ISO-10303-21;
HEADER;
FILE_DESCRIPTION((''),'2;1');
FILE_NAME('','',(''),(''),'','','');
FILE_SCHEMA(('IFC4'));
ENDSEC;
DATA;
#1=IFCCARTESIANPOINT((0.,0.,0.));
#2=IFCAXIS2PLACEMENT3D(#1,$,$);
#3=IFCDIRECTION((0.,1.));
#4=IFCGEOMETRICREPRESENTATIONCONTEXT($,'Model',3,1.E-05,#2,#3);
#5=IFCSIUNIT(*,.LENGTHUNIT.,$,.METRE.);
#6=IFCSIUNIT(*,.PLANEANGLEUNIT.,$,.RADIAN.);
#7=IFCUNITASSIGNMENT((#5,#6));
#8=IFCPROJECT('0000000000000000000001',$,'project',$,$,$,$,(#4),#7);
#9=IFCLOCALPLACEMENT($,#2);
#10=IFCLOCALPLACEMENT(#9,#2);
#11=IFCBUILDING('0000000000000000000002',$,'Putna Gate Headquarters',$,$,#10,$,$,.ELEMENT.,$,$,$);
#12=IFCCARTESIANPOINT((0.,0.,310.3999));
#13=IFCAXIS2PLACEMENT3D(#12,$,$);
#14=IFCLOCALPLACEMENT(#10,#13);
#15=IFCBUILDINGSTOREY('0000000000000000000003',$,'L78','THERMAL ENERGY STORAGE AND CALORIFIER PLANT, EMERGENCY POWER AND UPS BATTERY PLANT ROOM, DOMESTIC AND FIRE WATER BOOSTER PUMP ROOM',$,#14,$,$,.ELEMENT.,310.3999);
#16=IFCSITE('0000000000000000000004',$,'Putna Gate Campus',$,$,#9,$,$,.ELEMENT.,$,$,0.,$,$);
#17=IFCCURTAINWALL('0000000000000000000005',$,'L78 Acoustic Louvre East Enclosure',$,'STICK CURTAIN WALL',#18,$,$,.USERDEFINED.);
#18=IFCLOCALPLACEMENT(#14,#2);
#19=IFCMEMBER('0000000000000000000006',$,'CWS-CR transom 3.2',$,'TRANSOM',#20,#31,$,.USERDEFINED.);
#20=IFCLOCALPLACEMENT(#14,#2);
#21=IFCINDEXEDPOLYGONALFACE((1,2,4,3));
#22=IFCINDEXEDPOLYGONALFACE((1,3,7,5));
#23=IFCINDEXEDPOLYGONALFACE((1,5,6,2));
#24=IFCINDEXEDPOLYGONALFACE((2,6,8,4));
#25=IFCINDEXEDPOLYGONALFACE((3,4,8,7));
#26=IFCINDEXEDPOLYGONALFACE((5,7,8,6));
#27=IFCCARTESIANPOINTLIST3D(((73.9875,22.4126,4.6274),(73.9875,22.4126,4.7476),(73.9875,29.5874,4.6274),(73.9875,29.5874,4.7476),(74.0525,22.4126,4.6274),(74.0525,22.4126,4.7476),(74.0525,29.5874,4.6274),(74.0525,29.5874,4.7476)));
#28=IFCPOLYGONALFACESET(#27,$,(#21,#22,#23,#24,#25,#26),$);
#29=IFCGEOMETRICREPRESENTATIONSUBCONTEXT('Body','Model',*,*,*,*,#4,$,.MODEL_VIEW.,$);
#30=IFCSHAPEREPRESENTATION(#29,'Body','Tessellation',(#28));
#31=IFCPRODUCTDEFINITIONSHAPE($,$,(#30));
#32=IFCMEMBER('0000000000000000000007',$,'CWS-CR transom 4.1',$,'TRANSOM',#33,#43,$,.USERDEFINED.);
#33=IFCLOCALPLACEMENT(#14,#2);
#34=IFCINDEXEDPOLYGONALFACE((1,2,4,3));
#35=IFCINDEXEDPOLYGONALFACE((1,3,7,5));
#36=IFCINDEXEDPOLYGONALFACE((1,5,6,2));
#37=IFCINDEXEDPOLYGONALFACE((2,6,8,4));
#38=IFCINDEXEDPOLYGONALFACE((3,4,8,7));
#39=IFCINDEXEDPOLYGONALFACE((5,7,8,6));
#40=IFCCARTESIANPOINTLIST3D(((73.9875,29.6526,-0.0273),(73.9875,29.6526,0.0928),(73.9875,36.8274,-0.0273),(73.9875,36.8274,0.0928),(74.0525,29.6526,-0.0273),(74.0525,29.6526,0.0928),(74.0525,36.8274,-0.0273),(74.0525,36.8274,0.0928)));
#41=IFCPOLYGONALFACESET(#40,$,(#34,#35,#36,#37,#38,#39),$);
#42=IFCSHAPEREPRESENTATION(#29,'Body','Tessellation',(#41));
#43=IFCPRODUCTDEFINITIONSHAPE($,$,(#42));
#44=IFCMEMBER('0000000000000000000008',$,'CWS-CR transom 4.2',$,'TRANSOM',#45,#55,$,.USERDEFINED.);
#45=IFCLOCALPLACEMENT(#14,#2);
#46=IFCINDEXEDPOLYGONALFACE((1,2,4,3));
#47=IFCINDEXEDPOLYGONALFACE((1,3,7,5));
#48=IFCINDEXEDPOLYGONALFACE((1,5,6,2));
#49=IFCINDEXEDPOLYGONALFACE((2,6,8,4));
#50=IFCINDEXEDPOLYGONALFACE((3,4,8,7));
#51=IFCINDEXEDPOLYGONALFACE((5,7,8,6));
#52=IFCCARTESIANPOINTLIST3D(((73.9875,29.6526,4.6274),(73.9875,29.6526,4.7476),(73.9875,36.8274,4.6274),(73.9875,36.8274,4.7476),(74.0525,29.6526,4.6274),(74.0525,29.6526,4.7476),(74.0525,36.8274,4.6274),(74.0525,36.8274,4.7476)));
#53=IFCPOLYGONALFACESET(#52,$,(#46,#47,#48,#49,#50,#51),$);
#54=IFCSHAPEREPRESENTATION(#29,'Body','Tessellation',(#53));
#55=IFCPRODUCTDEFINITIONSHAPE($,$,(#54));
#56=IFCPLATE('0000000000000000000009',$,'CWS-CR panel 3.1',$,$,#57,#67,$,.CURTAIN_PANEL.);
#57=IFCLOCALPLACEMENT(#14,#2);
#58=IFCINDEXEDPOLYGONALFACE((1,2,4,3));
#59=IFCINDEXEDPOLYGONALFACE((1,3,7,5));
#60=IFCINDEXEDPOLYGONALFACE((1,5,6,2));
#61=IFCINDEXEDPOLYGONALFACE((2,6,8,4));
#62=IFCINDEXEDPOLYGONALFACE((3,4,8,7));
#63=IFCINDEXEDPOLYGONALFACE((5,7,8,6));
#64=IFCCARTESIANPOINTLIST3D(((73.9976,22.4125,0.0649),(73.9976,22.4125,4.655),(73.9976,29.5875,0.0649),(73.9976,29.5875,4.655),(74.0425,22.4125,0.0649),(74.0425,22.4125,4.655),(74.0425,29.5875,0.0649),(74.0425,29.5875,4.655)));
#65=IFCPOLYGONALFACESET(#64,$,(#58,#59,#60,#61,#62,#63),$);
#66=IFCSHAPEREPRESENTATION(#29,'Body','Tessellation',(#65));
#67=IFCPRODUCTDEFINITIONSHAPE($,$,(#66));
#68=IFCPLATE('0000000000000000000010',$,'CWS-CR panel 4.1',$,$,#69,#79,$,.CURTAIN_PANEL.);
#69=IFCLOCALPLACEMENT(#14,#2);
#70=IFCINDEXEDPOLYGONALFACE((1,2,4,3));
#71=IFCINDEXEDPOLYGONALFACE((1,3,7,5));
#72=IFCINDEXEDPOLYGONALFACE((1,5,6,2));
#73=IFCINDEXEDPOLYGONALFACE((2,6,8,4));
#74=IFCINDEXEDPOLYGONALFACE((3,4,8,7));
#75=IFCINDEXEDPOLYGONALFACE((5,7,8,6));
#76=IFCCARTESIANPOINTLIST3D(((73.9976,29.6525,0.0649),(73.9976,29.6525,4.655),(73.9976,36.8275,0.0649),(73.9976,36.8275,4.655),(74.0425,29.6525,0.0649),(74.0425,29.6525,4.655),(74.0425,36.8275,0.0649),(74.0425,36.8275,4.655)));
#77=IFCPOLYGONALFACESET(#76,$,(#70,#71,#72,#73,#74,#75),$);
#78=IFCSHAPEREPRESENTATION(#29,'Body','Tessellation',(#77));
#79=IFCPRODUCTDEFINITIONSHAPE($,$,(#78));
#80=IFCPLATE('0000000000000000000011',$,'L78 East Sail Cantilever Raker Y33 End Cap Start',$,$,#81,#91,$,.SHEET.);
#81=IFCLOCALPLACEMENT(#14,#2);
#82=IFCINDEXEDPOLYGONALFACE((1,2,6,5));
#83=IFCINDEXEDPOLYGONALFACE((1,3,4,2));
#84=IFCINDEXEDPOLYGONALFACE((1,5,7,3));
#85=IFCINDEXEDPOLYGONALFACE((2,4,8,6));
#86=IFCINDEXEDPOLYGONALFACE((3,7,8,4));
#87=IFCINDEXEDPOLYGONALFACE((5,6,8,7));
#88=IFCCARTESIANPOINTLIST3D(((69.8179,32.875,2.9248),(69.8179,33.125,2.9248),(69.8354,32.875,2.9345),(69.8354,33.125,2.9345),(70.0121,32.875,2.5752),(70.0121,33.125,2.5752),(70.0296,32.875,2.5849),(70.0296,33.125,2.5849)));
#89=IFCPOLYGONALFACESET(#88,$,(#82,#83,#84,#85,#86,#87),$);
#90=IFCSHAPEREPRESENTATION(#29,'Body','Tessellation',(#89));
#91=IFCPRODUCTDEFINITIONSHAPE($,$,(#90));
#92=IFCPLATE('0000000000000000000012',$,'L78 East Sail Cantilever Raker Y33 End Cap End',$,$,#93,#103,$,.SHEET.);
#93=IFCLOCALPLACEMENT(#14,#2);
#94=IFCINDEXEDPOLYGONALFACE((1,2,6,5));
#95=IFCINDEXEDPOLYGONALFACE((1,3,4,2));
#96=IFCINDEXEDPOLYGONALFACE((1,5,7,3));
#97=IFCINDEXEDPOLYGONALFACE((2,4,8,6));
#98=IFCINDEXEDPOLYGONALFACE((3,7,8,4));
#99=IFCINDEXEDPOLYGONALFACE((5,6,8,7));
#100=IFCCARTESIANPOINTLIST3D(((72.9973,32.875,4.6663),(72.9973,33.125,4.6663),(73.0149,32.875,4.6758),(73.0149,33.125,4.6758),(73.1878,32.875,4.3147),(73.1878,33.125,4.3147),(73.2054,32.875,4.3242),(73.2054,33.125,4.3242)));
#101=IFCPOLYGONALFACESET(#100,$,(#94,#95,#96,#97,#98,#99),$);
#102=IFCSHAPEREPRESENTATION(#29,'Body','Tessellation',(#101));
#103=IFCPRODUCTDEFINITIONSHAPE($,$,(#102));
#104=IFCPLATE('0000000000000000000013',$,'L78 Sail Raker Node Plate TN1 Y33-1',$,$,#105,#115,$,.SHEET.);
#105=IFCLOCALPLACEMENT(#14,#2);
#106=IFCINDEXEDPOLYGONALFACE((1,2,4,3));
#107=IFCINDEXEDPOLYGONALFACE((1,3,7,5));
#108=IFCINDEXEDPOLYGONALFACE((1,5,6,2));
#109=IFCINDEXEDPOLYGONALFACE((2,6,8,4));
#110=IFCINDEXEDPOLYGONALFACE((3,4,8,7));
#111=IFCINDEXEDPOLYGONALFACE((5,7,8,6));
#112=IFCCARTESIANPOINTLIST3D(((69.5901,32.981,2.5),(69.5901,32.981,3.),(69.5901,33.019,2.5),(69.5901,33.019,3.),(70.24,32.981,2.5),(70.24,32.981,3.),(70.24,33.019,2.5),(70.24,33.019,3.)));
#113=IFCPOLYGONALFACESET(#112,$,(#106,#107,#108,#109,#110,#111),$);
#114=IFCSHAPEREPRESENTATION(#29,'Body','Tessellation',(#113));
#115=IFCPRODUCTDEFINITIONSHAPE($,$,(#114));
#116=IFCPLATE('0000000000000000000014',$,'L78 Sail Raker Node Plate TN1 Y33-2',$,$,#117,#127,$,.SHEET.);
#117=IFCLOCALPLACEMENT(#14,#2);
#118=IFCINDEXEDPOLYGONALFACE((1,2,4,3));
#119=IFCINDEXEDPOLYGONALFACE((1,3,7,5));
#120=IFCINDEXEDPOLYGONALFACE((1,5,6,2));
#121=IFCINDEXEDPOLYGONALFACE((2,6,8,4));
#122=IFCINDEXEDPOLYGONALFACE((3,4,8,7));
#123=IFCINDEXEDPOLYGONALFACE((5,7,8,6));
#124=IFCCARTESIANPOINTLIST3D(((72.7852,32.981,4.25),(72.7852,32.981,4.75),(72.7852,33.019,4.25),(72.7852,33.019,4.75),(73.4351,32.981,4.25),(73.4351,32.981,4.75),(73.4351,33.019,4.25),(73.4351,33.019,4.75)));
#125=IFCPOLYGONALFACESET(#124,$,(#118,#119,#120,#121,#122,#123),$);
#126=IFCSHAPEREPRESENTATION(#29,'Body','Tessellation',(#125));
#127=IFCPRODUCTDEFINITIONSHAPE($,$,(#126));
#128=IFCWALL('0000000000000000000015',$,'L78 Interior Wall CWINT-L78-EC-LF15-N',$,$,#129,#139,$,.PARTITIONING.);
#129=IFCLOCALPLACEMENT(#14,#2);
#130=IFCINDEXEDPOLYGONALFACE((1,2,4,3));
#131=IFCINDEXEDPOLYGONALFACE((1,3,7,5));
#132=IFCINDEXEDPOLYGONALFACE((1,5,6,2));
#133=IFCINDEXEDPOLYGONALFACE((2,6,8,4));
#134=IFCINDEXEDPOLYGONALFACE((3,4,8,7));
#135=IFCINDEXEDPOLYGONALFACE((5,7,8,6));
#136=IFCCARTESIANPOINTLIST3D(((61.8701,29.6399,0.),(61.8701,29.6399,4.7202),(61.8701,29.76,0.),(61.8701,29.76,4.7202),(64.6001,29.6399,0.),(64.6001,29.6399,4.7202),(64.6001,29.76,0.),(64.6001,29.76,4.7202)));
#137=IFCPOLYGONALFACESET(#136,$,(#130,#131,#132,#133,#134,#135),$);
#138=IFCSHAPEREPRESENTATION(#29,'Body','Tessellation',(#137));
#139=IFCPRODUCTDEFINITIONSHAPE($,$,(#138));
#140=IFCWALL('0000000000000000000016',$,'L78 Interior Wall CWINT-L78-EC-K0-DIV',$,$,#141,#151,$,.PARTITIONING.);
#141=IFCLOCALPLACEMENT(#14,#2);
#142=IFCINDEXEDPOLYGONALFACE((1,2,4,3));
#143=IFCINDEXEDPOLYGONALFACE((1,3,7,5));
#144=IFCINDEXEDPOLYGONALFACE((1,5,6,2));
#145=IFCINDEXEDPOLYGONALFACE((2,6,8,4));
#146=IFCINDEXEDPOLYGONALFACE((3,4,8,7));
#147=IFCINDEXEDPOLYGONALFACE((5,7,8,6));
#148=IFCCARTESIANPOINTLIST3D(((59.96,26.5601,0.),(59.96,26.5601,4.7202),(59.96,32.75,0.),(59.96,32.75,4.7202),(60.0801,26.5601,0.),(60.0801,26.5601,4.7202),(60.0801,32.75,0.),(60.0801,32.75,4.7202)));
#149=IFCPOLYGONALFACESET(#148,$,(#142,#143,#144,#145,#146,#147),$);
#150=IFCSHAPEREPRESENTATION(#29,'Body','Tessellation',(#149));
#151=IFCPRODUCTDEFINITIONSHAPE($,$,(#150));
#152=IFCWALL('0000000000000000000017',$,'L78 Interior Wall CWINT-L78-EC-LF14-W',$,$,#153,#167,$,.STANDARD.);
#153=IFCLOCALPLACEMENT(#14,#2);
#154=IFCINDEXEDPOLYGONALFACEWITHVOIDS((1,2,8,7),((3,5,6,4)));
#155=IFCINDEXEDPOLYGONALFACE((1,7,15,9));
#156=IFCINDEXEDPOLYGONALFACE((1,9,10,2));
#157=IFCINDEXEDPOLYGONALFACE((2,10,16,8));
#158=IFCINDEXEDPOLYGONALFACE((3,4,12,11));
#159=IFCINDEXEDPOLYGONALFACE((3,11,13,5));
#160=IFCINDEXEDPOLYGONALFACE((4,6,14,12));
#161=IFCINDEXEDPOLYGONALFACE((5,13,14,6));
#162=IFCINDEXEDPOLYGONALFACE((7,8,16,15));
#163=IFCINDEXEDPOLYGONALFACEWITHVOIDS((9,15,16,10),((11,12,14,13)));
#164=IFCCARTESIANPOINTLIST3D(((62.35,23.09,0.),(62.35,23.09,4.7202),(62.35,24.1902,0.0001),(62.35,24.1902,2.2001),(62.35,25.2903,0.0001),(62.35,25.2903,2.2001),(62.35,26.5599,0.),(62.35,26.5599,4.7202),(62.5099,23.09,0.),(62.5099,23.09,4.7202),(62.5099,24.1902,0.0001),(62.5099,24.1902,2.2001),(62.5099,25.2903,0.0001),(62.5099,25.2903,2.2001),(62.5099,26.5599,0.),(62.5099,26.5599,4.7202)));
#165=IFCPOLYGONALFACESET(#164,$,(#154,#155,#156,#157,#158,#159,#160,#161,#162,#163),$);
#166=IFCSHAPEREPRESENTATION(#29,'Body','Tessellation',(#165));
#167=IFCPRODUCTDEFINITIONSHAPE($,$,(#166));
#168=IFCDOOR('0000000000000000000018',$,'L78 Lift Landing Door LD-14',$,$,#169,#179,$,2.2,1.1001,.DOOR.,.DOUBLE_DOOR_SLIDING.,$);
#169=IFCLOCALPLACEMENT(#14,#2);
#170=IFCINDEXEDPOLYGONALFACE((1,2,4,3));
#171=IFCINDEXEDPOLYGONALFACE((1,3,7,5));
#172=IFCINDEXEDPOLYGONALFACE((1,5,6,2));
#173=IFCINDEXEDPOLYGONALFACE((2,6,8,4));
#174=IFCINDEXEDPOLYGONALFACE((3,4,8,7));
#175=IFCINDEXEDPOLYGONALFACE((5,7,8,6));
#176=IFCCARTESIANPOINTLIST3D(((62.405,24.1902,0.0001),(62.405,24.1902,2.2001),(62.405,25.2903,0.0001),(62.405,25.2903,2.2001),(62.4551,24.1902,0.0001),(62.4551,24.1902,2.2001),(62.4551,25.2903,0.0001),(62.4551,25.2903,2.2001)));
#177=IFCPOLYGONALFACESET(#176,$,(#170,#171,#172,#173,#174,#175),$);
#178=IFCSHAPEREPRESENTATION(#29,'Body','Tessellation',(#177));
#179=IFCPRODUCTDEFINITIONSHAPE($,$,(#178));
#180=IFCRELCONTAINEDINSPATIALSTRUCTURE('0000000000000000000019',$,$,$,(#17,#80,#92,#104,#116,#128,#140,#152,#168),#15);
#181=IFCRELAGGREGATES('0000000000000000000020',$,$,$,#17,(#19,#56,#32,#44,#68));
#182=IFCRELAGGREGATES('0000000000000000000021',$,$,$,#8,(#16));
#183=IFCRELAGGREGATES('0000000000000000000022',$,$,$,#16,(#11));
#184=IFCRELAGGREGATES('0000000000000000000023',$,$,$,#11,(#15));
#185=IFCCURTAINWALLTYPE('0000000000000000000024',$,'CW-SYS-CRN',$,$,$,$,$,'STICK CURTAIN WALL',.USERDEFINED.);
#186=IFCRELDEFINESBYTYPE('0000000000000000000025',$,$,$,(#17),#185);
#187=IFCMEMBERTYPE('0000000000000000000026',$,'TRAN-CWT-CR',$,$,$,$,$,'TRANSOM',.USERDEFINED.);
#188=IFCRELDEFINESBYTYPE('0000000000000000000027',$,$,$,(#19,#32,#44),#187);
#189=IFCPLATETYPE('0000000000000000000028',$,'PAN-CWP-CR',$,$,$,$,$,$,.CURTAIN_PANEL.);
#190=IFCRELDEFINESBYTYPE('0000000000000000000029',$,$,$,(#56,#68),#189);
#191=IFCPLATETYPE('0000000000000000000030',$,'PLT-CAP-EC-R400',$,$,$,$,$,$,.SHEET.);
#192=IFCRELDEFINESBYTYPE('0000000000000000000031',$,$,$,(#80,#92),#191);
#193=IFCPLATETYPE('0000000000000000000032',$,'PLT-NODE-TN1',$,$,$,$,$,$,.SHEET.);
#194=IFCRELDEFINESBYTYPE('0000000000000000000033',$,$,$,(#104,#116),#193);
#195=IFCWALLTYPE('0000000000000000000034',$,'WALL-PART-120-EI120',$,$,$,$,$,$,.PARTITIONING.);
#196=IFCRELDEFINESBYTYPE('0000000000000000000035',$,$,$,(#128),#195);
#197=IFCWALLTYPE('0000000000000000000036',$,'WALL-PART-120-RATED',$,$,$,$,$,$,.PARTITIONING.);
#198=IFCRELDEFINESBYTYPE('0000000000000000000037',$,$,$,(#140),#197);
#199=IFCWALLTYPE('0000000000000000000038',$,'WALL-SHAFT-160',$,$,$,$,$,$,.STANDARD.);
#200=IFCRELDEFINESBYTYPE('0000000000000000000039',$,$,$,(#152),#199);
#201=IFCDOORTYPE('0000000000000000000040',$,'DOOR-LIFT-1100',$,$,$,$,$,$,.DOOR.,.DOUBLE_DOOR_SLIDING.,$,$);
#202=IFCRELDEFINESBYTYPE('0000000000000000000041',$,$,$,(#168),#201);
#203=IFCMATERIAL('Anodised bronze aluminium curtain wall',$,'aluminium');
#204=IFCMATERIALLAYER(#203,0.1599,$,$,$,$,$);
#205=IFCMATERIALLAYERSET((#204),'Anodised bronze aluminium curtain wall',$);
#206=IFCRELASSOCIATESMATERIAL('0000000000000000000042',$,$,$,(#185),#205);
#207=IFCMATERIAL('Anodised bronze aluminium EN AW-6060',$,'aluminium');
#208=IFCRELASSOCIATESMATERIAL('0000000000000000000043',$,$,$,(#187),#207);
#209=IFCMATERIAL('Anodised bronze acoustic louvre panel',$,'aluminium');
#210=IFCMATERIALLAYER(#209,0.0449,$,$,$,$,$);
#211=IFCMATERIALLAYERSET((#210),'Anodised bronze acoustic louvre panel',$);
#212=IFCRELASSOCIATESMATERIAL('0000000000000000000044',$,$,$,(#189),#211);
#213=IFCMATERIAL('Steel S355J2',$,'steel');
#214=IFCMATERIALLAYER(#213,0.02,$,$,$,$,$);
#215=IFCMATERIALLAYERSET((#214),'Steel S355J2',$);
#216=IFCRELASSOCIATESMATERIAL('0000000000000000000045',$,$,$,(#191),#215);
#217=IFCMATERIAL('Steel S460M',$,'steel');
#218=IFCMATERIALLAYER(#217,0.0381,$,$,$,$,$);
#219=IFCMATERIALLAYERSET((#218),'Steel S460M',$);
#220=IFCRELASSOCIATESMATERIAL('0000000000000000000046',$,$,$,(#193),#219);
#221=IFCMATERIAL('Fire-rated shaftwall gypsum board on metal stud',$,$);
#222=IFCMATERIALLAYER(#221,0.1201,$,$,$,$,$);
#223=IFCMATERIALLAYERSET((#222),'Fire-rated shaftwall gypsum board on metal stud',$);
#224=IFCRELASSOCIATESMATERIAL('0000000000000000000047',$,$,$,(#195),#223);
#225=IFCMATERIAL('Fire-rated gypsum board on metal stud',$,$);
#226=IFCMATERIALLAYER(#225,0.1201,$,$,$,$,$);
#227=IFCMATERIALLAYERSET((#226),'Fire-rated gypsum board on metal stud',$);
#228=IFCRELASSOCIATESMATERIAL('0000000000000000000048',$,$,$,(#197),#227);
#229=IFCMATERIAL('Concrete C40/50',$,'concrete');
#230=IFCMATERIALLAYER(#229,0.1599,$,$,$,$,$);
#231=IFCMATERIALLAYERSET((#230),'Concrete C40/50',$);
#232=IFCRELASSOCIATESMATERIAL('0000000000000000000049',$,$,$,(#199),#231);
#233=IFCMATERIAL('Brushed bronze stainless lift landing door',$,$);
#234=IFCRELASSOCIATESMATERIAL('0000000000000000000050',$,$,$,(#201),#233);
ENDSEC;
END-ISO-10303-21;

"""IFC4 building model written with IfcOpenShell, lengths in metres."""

from ifc_helpers import new_model, si_unit, direction, frame, frame_2d, origin, origin_2d, place, context, subcontext, project, spatial, rectangle, extrude, material, layer, layer_set, material_profile, profile_set, type_object, element, fill, aggregate, save


model = new_model("IFC4")

# Units and contexts
model_context = context("Model", 3, precision=1e-05, world=origin(), true_north=direction((0.0, 1.0)))
body_context = subcontext(model_context, "Body", "Model", "MODEL_VIEW")
ifc_project = project(units=[si_unit("LENGTHUNIT", "METRE"), si_unit("PLANEANGLEUNIT", "RADIAN")], contexts=[model_context])

# Site, building, storey
site_placement = place(None, origin())
site = spatial("IfcSite", under=ifc_project, at=site_placement, Name="Putna Gate Campus", CompositionType="ELEMENT", RefElevation=0.0)
building_placement = place(site_placement, origin())
building = spatial("IfcBuilding", under=site, at=building_placement, Name="Putna Gate Headquarters", CompositionType="ELEMENT")
storey_placement = place(building_placement, frame((0.0, 0.0, 310.3999)))
storey = spatial("IfcBuildingStorey", under=building, at=storey_placement, Name="L78", Description="THERMAL ENERGY STORAGE AND CALORIFIER PLANT, EMERGENCY POWER AND UPS BATTERY PLANT ROOM, DOMESTIC AND FIRE WATER BOOSTER PUMP ROOM", CompositionType="ELEMENT", Elevation=310.3999)

# Shared definitions
ifc_material_1 = material(Name="Steel S460M", Category="steel")

# Shared definitions
ifc_material_2 = material(Name="Steel S355J2", Category="steel")

# Curtain wall, members, plates
ifc_material_3 = material(Name="Anodised bronze aluminium curtain wall", Category="aluminium")
ifc_layer_1 = layer(ifc_material_3, 0.1599)
ifc_layer_set_1 = layer_set([ifc_layer_1], Name="Anodised bronze aluminium curtain wall")
curtain_wall_type = type_object("IfcCurtainWallType", Name="CW-SYS-CRN", ElementType="STICK CURTAIN WALL", PredefinedType="USERDEFINED", material=ifc_layer_set_1)
curtain_wall_placement = place(storey_placement, origin())
curtain_wall = element("IfcCurtainWall", 1, at=curtain_wall_placement, inside=storey, type_object=curtain_wall_type, Name="L78 Acoustic Louvre East Enclosure", ObjectType="STICK CURTAIN WALL", PredefinedType="USERDEFINED")
ifc_material_4 = material(Name="Anodised bronze aluminium EN AW-6060", Category="aluminium")
ifc_material_profile_1 = material_profile(ifc_material_4, rectangle(XDim=0.0649, YDim=0.1201, at=origin_2d()), Name="Anodised bronze aluminium EN AW-6060")
ifc_profile_set_1 = profile_set([ifc_material_profile_1], Name="Anodised bronze aluminium EN AW-6060")
member_type_1 = type_object("IfcMemberType", Name="TRAN-CWT-CR", ElementType="TRANSOM", PredefinedType="USERDEFINED", material=ifc_profile_set_1)
member_1_placement = place(storey_placement, frame((74.02, 22.4126, 4.6875), z_axis=(0.0, 1.0, 0.0), x_axis=(-1.0, 0.0, 0.0)))
member_1 = element("IfcMember", 2, at=member_1_placement, type_object=member_type_1, Name="CWS-CR transom 3.2", ObjectType="TRANSOM", PredefinedType="USERDEFINED", context=body_context, shape_type="SweptSolid", body=[
    extrude(rectangle(XDim=0.0649, YDim=0.1201, at=origin_2d()), origin(), (0.0, 0.0, 1.0), 7.1748),
])
member_2_placement = place(storey_placement, frame((74.02, 29.6526, 0.0327), z_axis=(0.0, 1.0, 0.0), x_axis=(-1.0, 0.0, 0.0)))
member_2 = element("IfcMember", 3, at=member_2_placement, type_object=member_type_1, Name="CWS-CR transom 4.1", ObjectType="TRANSOM", PredefinedType="USERDEFINED", context=body_context, shape_type="SweptSolid", body=[
    extrude(rectangle(XDim=0.0649, YDim=0.1201, at=origin_2d()), origin(), (0.0, 0.0, 1.0), 7.1748),
])
member_3_placement = place(storey_placement, frame((74.02, 29.6526, 4.6875), z_axis=(0.0, 1.0, 0.0), x_axis=(-1.0, 0.0, 0.0)))
member_3 = element("IfcMember", 4, at=member_3_placement, type_object=member_type_1, Name="CWS-CR transom 4.2", ObjectType="TRANSOM", PredefinedType="USERDEFINED", context=body_context, shape_type="SweptSolid", body=[
    extrude(rectangle(XDim=0.0649, YDim=0.1201, at=origin_2d()), origin(), (0.0, 0.0, 1.0), 7.1748),
])
ifc_material_5 = material(Name="Anodised bronze acoustic louvre panel", Category="aluminium")
ifc_layer_2 = layer(ifc_material_5, 0.0449)
ifc_layer_set_2 = layer_set([ifc_layer_2], Name="Anodised bronze acoustic louvre panel")
plate_type_1 = type_object("IfcPlateType", Name="PAN-CWP-CR", PredefinedType="CURTAIN_PANEL", material=ifc_layer_set_2)
plate_1_placement = place(storey_placement, frame((74.02, 26.0, 0.0649), z_axis=(0.0, 0.0, 1.0), x_axis=(0.0, 1.0, 0.0)))
plate_1 = element("IfcPlate", 5, at=plate_1_placement, type_object=plate_type_1, Name="CWS-CR panel 3.1", PredefinedType="CURTAIN_PANEL", context=body_context, shape_type="SweptSolid", body=[
    extrude(rectangle(XDim=7.175, YDim=0.0449, at=origin_2d()), origin(), (0.0, 0.0, 1.0), 4.5901),
])
plate_2_placement = place(storey_placement, frame((74.02, 33.24, 0.0649), z_axis=(0.0, 0.0, 1.0), x_axis=(0.0, 1.0, 0.0)))
plate_2 = element("IfcPlate", 6, at=plate_2_placement, type_object=plate_type_1, Name="CWS-CR panel 4.1", PredefinedType="CURTAIN_PANEL", context=body_context, shape_type="SweptSolid", body=[
    extrude(rectangle(XDim=7.175, YDim=0.0449, at=origin_2d()), origin(), (0.0, 0.0, 1.0), 4.5901),
])
aggregate(curtain_wall, [member_1, plate_1, member_2, member_3, plate_2])

# Plates
ifc_layer_3 = layer(ifc_material_2, 0.02)
ifc_layer_set_3 = layer_set([ifc_layer_3], Name="Steel S355J2")
plate_type_2 = type_object("IfcPlateType", Name="PLT-CAP-EC-R400", PredefinedType="SHEET", material=ifc_layer_set_3)
for number, where, z_axis, x_axis, name in (
    (7, (69.915, 33.0, 2.75), (0.874157, 0.0, 0.485643), (0.0, 1.0, 0.0), "L78 East Sail Cantilever Raker Y33 End Cap Start"),
    (8, (73.0925, 33.0, 4.4905), (0.879292, 0.0, 0.476283), (0.0, 1.0, 0.0), "L78 East Sail Cantilever Raker Y33 End Cap End"),
):
    element("IfcPlate", number, at=place(storey_placement, frame(where, z_axis=z_axis, x_axis=x_axis)), inside=storey, type_object=plate_type_2, Name=name, PredefinedType="SHEET", context=body_context, shape_type="SweptSolid", body=[
        extrude(rectangle(XDim=0.25, YDim=0.3999, at=origin_2d()), origin(), (0.0, 0.0, 1.0), 0.02),
    ])
ifc_layer_4 = layer(ifc_material_1, 0.0381)
ifc_layer_set_4 = layer_set([ifc_layer_4], Name="Steel S460M")
plate_type_3 = type_object("IfcPlateType", Name="PLT-NODE-TN1", PredefinedType="SHEET", material=ifc_layer_set_4)
for number, where, z_axis, x_axis, name in (
    (9, (69.915, 33.0, 2.5), (0.0, 0.0, 1.0), (1.0, 0.0, 0.0), "L78 Sail Raker Node Plate TN1 Y33-1"),
    (10, (73.1101, 33.0, 4.25), (0.0, 0.0, 1.0), (1.0, 0.0, 0.0), "L78 Sail Raker Node Plate TN1 Y33-2"),
):
    element("IfcPlate", number, at=place(storey_placement, frame(where, z_axis=z_axis, x_axis=x_axis)), inside=storey, type_object=plate_type_3, Name=name, PredefinedType="SHEET", context=body_context, shape_type="SweptSolid", body=[
        extrude(rectangle(XDim=0.6499, YDim=0.0381, at=origin_2d()), origin(), (0.0, 0.0, 1.0), 0.5),
    ])

# Walls
ifc_material_6 = material(Name="Fire-rated shaftwall gypsum board on metal stud")
ifc_layer_5 = layer(ifc_material_6, 0.1201)
ifc_layer_set_5 = layer_set([ifc_layer_5], Name="Fire-rated shaftwall gypsum board on metal stud")
wall_type_1 = type_object("IfcWallType", Name="WALL-PART-120-EI120", PredefinedType="PARTITIONING", material=ifc_layer_set_5)
wall_1_placement = place(storey_placement, frame((61.8701, 29.7, 0.0), z_axis=(0.0, 0.0, 1.0), x_axis=(1.0, 0.0, 0.0)))
element("IfcWall", 11, at=wall_1_placement, inside=storey, type_object=wall_type_1, Name="L78 Interior Wall CWINT-L78-EC-LF15-N", PredefinedType="PARTITIONING", context=body_context, shape_type="SweptSolid", body=[
    extrude(rectangle(XDim=2.73, YDim=0.1201, at=frame_2d((1.365, 0.0))), origin(), (0.0, 0.0, 1.0), 4.7202),
])
ifc_material_7 = material(Name="Fire-rated gypsum board on metal stud")
ifc_layer_6 = layer(ifc_material_7, 0.1201)
ifc_layer_set_6 = layer_set([ifc_layer_6], Name="Fire-rated gypsum board on metal stud")
wall_type_2 = type_object("IfcWallType", Name="WALL-PART-120-RATED", PredefinedType="PARTITIONING", material=ifc_layer_set_6)
wall_2_placement = place(storey_placement, frame((60.02, 26.5601, 0.0), z_axis=(0.0, 0.0, 1.0), x_axis=(0.0, 1.0, 0.0)))
element("IfcWall", 12, at=wall_2_placement, inside=storey, type_object=wall_type_2, Name="L78 Interior Wall CWINT-L78-EC-K0-DIV", PredefinedType="PARTITIONING", context=body_context, shape_type="SweptSolid", body=[
    extrude(rectangle(XDim=6.1899, YDim=0.1201, at=frame_2d((3.095, 0.0))), origin(), (0.0, 0.0, 1.0), 4.7202),
])

# Wall, opening, door
ifc_material_8 = material(Name="Concrete C40/50", Category="concrete")
ifc_layer_7 = layer(ifc_material_8, 0.1599)
ifc_layer_set_7 = layer_set([ifc_layer_7], Name="Concrete C40/50")
wall_type_3 = type_object("IfcWallType", Name="WALL-SHAFT-160", PredefinedType="STANDARD", material=ifc_layer_set_7)
wall_3_placement = place(storey_placement, frame((62.4299, 23.0901, 0.0), z_axis=(0.0, 0.0, 1.0), x_axis=(0.0, 1.0, 0.0)))
wall_3 = element("IfcWall", 13, at=wall_3_placement, inside=storey, type_object=wall_type_3, Name="L78 Interior Wall CWINT-L78-EC-LF14-W", PredefinedType="STANDARD", context=body_context, shape_type="SweptSolid", body=[
    extrude(rectangle(XDim=3.47, YDim=0.1599, at=frame_2d((1.7349, 0.0))), origin(), (0.0, 0.0, 1.0), 4.7202),
])
opening_placement = place(wall_3_placement, frame((1.1001, 0.0, 0.0)))
opening = element("IfcOpeningElement", 14, at=opening_placement, cuts=wall_3, PredefinedType="OPENING", context=body_context, shape_type="SweptSolid", body=[
    extrude(rectangle(XDim=1.1001, YDim=2.2, at=frame_2d((0.55, 1.1001))), frame((0.0, 0.0898, 0.0), z_axis=(0.0, -1.0, 0.0), x_axis=(1.0, 0.0, 0.0)), (0.0, 0.0, 1.0), 0.1799),
])
ifc_material_9 = material(Name="Brushed bronze stainless lift landing door")
door_type = type_object("IfcDoorType", Name="DOOR-LIFT-1100", OperationType="DOUBLE_DOOR_SLIDING", PredefinedType="DOOR", material=ifc_material_9)
door_placement = place(opening_placement, origin())
door = element("IfcDoor", 15, at=door_placement, inside=storey, type_object=door_type, Name="L78 Lift Landing Door LD-14", OperationType="DOUBLE_DOOR_SLIDING", OverallHeight=2.2, OverallWidth=1.1001, PredefinedType="DOOR", context=body_context, shape_type="SweptSolid", body=[
    extrude(rectangle(XDim=1.1001, YDim=2.2, at=frame_2d((0.55, 1.1001))), frame((0.0, 0.0249, 0.0), z_axis=(0.0, -1.0, 0.0), x_axis=(1.0, 0.0, 0.0)), (0.0, 0.0, 1.0), 0.05),
])
fill(opening, door)

save(model, "model.ifc")
